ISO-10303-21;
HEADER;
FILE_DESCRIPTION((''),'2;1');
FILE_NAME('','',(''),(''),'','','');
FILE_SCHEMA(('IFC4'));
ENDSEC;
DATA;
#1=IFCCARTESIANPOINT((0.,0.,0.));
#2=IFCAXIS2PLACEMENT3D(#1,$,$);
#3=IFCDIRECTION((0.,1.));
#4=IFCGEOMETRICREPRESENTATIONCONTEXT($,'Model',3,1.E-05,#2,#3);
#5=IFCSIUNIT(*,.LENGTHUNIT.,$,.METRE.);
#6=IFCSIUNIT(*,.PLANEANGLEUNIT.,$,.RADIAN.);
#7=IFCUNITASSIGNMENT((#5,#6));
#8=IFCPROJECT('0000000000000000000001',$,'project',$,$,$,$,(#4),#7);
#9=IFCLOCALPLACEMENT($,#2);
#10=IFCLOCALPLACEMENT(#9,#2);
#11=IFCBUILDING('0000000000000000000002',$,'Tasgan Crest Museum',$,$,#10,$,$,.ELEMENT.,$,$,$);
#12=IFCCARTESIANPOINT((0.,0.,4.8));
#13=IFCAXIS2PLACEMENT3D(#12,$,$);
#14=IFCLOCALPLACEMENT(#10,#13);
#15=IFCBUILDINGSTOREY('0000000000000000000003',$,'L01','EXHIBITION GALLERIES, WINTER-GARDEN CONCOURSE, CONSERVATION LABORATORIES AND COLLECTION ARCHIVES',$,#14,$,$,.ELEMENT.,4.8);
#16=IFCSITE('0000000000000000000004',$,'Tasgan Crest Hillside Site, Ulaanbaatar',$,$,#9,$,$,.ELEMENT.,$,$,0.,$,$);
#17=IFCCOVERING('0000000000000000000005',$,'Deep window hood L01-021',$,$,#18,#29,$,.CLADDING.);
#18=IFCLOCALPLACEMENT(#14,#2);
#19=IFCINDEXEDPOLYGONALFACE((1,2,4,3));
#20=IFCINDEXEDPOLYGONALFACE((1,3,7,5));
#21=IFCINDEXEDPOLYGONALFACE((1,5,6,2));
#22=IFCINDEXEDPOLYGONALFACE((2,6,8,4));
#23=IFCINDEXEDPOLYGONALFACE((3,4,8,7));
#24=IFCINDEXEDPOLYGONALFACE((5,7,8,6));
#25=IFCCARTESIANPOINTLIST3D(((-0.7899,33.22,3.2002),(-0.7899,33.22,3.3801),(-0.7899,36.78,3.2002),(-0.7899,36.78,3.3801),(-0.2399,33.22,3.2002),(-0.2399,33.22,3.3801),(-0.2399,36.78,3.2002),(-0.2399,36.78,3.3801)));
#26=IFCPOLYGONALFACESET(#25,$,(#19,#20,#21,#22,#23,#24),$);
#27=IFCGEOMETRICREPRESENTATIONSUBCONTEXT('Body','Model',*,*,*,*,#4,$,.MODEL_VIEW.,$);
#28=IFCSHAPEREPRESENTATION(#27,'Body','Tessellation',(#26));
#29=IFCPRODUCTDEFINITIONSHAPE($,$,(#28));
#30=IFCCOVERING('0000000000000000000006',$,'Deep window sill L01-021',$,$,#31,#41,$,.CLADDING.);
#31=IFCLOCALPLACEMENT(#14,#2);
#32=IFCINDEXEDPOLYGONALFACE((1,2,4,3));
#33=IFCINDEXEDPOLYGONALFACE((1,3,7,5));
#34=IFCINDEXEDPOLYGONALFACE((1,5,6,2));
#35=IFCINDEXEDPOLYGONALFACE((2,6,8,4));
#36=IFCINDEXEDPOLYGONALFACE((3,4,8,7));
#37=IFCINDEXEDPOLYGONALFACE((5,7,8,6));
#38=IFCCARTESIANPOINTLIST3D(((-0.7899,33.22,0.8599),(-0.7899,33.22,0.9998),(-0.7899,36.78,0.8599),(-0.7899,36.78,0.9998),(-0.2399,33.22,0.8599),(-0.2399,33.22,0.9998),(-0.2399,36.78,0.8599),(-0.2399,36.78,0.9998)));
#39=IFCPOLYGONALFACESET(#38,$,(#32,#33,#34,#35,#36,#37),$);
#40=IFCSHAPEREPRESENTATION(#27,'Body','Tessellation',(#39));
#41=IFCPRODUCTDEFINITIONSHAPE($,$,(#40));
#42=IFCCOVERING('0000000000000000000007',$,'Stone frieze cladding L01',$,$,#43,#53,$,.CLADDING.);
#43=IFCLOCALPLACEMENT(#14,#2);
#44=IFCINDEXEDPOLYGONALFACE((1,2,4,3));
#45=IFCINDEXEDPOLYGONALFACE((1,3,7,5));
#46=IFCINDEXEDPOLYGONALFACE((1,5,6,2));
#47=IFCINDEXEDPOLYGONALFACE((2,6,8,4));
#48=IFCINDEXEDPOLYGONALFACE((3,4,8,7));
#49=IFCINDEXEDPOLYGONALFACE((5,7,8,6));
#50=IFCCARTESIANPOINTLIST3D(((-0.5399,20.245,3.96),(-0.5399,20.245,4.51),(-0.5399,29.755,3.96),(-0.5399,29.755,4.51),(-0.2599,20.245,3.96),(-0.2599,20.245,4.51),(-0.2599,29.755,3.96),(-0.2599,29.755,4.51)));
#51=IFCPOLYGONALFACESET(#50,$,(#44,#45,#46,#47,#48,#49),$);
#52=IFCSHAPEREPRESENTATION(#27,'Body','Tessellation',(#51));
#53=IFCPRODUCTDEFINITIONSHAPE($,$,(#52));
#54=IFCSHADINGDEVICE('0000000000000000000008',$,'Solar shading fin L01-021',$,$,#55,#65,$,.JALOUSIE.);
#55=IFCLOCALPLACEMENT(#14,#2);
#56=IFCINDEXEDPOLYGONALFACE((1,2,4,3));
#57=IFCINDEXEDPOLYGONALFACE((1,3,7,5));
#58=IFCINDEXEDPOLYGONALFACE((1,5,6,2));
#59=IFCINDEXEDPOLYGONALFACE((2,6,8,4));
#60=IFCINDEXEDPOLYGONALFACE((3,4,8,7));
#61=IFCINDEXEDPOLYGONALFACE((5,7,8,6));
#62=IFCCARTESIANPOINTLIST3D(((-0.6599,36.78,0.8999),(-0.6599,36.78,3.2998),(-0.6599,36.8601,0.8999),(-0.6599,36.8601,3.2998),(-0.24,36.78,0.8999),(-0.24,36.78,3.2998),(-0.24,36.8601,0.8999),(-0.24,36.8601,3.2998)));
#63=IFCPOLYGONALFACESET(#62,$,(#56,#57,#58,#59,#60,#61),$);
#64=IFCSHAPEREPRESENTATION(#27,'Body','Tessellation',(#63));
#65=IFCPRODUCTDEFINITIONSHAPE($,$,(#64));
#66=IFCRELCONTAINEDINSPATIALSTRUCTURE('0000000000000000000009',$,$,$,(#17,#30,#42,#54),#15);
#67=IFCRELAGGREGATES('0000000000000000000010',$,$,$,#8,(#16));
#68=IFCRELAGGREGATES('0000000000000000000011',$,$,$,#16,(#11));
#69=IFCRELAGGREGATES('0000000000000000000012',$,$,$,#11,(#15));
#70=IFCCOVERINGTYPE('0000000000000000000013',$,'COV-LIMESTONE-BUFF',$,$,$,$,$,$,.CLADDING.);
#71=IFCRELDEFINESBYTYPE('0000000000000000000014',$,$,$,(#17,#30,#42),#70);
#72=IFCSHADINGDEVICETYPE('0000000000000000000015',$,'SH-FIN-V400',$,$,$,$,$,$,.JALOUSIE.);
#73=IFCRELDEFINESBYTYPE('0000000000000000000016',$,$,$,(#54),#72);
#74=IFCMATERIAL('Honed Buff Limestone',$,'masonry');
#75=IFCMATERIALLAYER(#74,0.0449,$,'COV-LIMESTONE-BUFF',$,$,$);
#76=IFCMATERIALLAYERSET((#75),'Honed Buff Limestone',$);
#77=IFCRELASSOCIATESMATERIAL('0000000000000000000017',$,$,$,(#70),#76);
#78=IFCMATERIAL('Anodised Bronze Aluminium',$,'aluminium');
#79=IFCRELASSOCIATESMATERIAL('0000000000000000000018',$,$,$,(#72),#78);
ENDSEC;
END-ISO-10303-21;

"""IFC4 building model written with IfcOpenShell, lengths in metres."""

from ifc_helpers import new_model, si_unit, direction, frame, origin, origin_2d, place, context, subcontext, project, spatial, rectangle, extrude, material, layer, layer_set, type_object, element, save


model = new_model("IFC4")

# Units and contexts
model_context = context("Model", 3, precision=1e-05, world=origin(), true_north=direction((0.0, 1.0)))
body_context = subcontext(model_context, "Body", "Model", "MODEL_VIEW")
ifc_project = project(units=[si_unit("LENGTHUNIT", "METRE"), si_unit("PLANEANGLEUNIT", "RADIAN")], contexts=[model_context])

# Site, building, storey
site_placement = place(None, origin())
site = spatial("IfcSite", under=ifc_project, at=site_placement, Name="Tasgan Crest Hillside Site, Ulaanbaatar", CompositionType="ELEMENT", RefElevation=0.0)
building_placement = place(site_placement, origin())
building = spatial("IfcBuilding", under=site, at=building_placement, Name="Tasgan Crest Museum", CompositionType="ELEMENT")
storey_placement = place(building_placement, frame((0.0, 0.0, 4.8)))
storey = spatial("IfcBuildingStorey", under=building, at=storey_placement, Name="L01", Description="EXHIBITION GALLERIES, WINTER-GARDEN CONCOURSE, CONSERVATION LABORATORIES AND COLLECTION ARCHIVES", CompositionType="ELEMENT", Elevation=4.8)

# Coverings
ifc_material_1 = material(Name="Honed Buff Limestone", Category="masonry")
ifc_layer_1 = layer(ifc_material_1, 0.0449, Name="COV-LIMESTONE-BUFF")
ifc_layer_set_1 = layer_set([ifc_layer_1], Name="Honed Buff Limestone")
covering_type_1 = type_object("IfcCoveringType", Name="COV-LIMESTONE-BUFF", PredefinedType="CLADDING", material=ifc_layer_set_1)
covering_1_placement = place(storey_placement, frame((-0.5149, 35.0, 3.2002), z_axis=(0.0, 0.0, 1.0), x_axis=(0.0, -1.0, 0.0)))
element("IfcCovering", 1, at=covering_1_placement, inside=storey, type_object=covering_type_1, Name="Deep window hood L01-021", PredefinedType="CLADDING", context=body_context, shape_type="SweptSolid", body=[
    extrude(rectangle(XDim=3.5601, YDim=0.55, at=origin_2d()), origin(), (0.0, 0.0, 1.0), 0.1799),
])
covering_2_placement = place(storey_placement, frame((-0.5149, 35.0, 0.8599), z_axis=(0.0, 0.0, 1.0), x_axis=(0.0, -1.0, 0.0)))
element("IfcCovering", 2, at=covering_2_placement, inside=storey, type_object=covering_type_1, Name="Deep window sill L01-021", PredefinedType="CLADDING", context=body_context, shape_type="SweptSolid", body=[
    extrude(rectangle(XDim=3.5601, YDim=0.55, at=origin_2d()), origin(), (0.0, 0.0, 1.0), 0.1399),
])
covering_3_placement = place(storey_placement, frame((-0.3999, 25.0, 3.96), z_axis=(0.0, 0.0, 1.0), x_axis=(0.0, -1.0, 0.0)))
element("IfcCovering", 3, at=covering_3_placement, inside=storey, type_object=covering_type_1, Name="Stone frieze cladding L01", PredefinedType="CLADDING", context=body_context, shape_type="SweptSolid", body=[
    extrude(rectangle(XDim=9.51, YDim=0.28, at=origin_2d()), origin(), (0.0, 0.0, 1.0), 0.55),
])

# Shading device
ifc_material_2 = material(Name="Anodised Bronze Aluminium", Category="aluminium")
shading_device_type = type_object("IfcShadingDeviceType", Name="SH-FIN-V400", PredefinedType="JALOUSIE", material=ifc_material_2)
shading_device_placement = place(storey_placement, frame((-0.45, 36.8201, 0.8999), z_axis=(0.0, 0.0, 1.0), x_axis=(0.0, -1.0, 0.0)))
element("IfcShadingDevice", 4, at=shading_device_placement, inside=storey, type_object=shading_device_type, Name="Solar shading fin L01-021", PredefinedType="JALOUSIE", context=body_context, shape_type="SweptSolid", body=[
    extrude(rectangle(XDim=0.0801, YDim=0.4199, at=origin_2d()), origin(), (0.0, 0.0, 1.0), 2.3999),
])

save(model, "model.ifc")
